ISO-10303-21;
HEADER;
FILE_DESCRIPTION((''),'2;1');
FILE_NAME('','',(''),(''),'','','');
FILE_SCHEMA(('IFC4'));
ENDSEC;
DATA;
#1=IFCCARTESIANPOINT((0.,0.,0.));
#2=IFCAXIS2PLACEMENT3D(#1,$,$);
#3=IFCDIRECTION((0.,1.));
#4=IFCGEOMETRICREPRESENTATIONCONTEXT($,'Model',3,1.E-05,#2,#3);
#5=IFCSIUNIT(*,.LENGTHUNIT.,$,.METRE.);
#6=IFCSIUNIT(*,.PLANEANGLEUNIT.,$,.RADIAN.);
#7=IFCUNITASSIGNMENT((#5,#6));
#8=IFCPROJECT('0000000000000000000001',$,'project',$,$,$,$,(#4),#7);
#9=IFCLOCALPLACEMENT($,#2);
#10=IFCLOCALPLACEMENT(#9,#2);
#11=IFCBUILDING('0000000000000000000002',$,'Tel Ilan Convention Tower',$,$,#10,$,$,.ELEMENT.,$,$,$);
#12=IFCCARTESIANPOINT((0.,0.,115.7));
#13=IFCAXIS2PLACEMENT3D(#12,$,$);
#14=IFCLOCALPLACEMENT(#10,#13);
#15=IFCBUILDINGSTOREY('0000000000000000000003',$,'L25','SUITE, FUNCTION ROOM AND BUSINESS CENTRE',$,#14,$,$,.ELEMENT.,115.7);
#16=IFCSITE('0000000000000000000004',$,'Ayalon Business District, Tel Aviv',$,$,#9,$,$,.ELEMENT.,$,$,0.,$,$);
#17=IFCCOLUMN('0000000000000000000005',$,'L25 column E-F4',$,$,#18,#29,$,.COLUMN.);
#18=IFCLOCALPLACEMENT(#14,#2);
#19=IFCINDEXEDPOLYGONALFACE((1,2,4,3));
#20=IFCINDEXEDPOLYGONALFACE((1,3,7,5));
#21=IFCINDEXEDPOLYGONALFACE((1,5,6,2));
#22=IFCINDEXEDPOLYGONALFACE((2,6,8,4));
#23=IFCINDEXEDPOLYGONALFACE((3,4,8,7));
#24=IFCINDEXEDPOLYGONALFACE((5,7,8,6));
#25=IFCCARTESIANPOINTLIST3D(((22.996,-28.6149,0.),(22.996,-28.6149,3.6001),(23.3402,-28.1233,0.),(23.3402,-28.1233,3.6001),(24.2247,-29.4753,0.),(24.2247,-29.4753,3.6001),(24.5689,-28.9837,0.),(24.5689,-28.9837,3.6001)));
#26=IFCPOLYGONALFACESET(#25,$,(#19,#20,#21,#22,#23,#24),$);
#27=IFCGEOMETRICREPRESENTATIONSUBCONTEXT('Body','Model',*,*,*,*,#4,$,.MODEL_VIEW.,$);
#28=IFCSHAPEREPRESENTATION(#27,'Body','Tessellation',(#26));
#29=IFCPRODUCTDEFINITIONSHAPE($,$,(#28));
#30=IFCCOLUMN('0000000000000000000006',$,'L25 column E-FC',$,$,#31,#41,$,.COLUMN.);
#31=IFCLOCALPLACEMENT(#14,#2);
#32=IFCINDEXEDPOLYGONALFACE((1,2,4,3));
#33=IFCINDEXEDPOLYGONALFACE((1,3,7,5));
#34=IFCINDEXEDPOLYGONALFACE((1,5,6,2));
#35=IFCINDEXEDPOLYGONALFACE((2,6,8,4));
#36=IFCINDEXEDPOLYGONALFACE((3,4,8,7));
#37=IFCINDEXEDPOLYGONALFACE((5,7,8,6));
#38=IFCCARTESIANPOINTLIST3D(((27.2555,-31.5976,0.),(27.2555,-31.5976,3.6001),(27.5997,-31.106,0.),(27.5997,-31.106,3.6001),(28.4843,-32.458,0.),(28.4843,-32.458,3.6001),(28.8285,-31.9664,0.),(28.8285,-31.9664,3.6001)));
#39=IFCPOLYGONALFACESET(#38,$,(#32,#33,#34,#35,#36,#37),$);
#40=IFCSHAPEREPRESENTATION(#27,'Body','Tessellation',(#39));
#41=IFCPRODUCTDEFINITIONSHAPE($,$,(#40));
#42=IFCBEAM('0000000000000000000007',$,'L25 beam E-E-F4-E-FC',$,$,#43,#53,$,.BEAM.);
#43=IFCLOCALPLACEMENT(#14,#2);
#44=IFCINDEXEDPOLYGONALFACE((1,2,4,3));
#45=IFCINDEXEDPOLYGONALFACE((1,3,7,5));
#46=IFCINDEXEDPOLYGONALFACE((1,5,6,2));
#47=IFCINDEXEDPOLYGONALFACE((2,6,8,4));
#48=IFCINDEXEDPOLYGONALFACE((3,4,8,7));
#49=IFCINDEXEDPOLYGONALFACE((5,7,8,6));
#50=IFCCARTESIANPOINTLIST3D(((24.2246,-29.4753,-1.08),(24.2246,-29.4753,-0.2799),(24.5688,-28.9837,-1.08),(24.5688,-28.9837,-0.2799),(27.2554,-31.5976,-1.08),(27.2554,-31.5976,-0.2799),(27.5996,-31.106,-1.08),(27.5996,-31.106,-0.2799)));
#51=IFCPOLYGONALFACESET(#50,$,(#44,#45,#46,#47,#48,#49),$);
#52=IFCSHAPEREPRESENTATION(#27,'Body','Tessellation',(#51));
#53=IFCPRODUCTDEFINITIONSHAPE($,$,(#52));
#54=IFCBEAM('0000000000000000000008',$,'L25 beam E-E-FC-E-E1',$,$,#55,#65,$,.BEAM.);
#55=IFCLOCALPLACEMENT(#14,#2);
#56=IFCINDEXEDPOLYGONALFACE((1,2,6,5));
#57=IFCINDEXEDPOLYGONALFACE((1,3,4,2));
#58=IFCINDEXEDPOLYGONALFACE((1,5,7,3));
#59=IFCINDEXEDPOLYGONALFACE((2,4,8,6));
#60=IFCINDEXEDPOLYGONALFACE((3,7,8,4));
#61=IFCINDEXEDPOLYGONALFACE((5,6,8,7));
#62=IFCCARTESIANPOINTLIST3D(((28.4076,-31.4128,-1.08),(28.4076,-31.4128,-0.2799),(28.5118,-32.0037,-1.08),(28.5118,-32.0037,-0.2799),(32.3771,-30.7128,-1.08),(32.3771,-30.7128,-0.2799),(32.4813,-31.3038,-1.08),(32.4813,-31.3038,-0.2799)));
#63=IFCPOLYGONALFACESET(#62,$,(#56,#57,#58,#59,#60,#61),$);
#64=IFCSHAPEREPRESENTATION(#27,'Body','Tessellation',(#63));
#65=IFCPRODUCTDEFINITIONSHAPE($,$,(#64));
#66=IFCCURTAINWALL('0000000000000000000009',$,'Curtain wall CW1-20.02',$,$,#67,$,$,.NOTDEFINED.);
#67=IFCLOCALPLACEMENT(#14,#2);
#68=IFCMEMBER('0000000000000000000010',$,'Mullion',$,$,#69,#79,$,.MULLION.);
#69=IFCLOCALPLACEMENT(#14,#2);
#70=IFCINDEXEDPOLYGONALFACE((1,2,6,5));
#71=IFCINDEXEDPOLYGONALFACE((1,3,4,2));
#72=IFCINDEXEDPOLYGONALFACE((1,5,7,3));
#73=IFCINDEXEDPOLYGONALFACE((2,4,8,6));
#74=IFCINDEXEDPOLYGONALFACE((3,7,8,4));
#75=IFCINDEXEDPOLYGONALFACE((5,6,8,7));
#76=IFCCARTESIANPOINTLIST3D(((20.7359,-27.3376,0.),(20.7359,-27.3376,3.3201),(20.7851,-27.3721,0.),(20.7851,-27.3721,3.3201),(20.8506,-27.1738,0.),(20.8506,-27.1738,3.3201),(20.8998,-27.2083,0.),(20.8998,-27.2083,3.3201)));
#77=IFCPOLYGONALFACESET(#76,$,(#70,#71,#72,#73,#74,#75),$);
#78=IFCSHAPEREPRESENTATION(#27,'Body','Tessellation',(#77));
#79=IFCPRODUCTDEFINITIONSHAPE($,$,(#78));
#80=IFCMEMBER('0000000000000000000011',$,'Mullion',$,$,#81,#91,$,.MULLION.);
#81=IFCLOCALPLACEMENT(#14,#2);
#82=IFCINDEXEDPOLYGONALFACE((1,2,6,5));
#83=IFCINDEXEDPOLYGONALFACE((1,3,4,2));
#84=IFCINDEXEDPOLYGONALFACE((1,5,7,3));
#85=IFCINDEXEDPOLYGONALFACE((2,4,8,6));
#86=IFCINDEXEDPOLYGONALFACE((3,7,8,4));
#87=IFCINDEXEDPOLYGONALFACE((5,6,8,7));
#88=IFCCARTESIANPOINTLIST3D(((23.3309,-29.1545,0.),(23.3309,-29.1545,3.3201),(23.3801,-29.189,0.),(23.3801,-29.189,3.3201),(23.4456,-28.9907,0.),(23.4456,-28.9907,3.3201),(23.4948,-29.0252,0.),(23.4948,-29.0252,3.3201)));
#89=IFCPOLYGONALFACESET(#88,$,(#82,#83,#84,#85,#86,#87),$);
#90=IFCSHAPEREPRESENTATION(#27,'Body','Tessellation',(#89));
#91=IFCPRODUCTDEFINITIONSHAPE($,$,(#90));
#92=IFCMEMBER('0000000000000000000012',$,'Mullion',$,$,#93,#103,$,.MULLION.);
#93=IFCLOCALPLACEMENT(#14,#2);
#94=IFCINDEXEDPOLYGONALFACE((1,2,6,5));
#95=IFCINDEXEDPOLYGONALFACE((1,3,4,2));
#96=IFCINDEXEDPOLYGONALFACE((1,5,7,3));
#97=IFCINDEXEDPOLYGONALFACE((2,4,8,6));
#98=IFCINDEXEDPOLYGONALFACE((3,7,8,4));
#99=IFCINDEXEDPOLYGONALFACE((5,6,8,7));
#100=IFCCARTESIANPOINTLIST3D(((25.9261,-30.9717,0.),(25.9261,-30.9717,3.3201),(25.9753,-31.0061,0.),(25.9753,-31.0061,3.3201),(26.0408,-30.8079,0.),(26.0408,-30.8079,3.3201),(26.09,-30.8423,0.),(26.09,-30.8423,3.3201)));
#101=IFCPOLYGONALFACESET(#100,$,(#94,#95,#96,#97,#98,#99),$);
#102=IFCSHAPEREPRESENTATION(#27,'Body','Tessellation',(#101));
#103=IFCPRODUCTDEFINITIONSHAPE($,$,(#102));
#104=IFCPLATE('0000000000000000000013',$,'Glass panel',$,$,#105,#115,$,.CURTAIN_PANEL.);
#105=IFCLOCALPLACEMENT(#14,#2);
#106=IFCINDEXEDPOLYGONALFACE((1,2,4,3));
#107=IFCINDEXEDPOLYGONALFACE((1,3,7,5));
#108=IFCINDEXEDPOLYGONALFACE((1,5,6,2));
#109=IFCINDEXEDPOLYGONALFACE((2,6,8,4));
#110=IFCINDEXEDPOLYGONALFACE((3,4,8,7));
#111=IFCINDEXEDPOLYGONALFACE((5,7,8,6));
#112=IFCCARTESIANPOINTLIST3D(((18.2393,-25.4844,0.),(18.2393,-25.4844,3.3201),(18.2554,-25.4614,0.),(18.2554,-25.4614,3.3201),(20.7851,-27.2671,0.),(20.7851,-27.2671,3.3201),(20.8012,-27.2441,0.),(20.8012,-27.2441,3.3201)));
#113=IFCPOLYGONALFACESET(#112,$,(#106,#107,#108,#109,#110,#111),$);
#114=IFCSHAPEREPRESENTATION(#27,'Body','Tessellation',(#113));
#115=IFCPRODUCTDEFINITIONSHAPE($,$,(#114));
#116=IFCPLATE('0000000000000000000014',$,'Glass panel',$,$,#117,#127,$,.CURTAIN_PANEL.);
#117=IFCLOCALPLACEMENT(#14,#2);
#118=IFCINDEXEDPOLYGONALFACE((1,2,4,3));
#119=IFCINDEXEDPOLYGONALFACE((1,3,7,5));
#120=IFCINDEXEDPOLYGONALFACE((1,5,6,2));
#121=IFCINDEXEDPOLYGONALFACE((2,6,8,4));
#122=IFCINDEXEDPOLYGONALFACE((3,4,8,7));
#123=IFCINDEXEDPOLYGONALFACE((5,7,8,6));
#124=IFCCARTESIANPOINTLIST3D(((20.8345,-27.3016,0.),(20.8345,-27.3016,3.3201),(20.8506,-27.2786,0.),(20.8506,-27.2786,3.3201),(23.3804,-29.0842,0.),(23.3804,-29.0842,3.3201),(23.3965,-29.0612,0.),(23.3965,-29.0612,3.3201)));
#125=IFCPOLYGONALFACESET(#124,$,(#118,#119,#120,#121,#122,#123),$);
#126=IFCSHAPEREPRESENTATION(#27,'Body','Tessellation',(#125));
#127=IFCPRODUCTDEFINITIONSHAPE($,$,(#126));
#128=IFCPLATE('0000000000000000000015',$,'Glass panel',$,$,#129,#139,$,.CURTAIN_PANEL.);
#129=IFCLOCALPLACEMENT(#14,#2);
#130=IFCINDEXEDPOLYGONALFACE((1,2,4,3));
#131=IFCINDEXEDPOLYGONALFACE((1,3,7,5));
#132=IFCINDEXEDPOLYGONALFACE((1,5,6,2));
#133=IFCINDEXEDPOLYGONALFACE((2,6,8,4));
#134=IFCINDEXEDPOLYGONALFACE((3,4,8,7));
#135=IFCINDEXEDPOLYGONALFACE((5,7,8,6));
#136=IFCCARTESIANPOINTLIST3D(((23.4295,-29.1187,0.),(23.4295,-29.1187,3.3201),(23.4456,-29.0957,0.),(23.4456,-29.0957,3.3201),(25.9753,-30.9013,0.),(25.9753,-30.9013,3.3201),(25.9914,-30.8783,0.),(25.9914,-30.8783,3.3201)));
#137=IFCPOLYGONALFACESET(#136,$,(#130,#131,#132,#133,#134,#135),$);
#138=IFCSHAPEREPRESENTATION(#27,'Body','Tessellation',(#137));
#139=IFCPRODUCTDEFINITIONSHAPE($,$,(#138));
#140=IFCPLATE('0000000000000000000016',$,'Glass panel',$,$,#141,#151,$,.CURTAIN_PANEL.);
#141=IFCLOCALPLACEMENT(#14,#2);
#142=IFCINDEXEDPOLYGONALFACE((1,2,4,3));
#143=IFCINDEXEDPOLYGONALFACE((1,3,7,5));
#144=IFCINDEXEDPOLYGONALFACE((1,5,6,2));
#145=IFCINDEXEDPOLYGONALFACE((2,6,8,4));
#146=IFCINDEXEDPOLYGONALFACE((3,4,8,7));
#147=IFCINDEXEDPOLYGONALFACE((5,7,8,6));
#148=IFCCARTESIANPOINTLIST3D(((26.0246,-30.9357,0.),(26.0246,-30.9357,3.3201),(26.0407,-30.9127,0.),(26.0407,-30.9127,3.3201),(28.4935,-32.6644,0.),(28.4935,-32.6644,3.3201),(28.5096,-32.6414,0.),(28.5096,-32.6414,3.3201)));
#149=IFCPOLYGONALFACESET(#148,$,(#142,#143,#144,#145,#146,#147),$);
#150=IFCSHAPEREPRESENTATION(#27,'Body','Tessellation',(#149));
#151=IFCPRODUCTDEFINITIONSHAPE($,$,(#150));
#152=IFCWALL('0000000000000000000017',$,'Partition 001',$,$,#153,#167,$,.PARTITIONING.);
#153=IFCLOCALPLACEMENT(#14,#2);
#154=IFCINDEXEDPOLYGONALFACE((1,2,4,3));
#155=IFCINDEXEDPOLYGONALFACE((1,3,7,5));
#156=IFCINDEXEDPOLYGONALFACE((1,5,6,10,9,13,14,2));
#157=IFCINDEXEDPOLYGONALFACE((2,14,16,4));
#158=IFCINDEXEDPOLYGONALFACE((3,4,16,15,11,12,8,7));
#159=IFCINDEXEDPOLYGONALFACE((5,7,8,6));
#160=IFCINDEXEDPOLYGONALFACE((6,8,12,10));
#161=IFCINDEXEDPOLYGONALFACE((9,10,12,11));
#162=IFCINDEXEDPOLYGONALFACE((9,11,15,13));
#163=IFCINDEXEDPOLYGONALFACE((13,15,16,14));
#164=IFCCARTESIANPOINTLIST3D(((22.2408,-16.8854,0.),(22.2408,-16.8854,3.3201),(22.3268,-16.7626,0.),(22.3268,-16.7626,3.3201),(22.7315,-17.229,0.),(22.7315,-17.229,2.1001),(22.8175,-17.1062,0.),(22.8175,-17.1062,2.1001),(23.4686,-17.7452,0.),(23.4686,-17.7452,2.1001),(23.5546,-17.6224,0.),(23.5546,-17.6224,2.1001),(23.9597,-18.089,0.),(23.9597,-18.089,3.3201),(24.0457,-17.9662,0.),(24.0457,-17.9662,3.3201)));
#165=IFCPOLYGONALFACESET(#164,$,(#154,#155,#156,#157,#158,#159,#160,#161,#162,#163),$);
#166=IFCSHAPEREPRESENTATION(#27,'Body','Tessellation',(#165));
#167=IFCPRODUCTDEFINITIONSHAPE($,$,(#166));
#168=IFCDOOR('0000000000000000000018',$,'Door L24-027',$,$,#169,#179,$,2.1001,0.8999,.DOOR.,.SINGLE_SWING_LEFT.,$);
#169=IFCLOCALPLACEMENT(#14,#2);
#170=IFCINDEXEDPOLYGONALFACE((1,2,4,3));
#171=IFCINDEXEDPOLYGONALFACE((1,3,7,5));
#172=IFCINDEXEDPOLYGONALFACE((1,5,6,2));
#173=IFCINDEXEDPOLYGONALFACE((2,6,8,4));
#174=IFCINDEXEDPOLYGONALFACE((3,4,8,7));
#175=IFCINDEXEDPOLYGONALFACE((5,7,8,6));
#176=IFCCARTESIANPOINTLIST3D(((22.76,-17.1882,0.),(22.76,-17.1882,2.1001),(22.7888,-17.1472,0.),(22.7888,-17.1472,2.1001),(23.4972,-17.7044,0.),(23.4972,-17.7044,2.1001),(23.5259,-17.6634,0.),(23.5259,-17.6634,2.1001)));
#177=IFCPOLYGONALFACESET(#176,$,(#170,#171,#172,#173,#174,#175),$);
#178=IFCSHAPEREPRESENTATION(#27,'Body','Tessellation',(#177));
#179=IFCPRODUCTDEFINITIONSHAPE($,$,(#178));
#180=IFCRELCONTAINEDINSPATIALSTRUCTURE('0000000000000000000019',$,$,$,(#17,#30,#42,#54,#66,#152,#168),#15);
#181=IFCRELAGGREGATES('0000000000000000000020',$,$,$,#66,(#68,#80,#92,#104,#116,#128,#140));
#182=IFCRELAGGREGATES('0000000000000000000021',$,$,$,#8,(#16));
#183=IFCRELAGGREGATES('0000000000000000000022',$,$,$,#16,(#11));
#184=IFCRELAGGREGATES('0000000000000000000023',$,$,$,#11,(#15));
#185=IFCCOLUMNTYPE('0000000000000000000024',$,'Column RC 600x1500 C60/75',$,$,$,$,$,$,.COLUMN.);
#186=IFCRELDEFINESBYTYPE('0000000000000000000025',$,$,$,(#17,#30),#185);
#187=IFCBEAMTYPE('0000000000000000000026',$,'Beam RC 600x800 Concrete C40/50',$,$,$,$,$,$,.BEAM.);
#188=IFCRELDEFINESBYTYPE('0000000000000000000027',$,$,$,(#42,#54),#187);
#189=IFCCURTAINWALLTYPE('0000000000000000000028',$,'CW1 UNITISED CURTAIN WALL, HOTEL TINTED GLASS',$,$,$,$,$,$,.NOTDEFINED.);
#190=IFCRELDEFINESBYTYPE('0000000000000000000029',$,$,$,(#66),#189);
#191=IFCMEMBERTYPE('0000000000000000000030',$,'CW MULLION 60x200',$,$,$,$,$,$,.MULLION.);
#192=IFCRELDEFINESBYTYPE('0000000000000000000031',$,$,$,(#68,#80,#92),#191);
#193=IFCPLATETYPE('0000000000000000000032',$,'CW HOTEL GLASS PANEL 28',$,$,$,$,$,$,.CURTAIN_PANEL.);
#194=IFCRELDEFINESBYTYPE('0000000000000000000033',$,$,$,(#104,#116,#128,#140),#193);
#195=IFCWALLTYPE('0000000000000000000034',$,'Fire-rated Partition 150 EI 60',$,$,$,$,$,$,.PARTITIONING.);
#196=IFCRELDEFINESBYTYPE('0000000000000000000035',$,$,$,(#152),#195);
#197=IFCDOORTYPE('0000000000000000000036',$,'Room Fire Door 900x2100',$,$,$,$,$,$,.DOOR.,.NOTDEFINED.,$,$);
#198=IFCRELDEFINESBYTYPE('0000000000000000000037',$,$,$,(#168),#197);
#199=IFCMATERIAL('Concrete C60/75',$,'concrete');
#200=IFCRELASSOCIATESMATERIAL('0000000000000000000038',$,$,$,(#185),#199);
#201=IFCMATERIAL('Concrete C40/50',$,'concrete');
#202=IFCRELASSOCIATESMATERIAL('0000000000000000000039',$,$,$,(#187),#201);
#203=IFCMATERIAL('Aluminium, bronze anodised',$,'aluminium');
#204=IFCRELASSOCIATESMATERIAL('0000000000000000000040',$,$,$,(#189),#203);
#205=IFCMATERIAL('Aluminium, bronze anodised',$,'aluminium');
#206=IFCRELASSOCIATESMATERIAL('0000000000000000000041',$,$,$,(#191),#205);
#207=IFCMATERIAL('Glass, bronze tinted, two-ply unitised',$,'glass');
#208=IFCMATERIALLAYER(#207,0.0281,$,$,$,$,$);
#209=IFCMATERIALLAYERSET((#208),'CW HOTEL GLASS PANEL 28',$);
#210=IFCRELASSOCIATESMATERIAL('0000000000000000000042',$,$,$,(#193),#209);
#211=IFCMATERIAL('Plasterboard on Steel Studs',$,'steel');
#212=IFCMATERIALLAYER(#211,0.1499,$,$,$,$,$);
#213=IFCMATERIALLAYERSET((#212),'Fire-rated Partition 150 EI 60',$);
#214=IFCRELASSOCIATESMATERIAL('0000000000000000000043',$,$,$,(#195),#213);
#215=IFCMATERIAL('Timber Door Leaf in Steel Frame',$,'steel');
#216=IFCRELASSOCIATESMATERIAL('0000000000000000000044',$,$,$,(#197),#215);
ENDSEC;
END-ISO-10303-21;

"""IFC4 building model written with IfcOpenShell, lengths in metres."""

from ifc_helpers import new_model, si_unit, direction, frame, frame_2d, origin, origin_2d, place, context, subcontext, project, spatial, rectangle, extrude, material, layer, layer_set, material_profile, profile_set, type_object, element, fill, aggregate, save


model = new_model("IFC4")

# Units and contexts
model_context = context("Model", 3, precision=1e-05, world=origin(), true_north=direction((0.0, 1.0)))
body_context = subcontext(model_context, "Body", "Model", "MODEL_VIEW")
ifc_project = project(units=[si_unit("LENGTHUNIT", "METRE"), si_unit("PLANEANGLEUNIT", "RADIAN")], contexts=[model_context])

# Site, building, storey
site_placement = place(None, origin())
site = spatial("IfcSite", under=ifc_project, at=site_placement, Name="Ayalon Business District, Tel Aviv", CompositionType="ELEMENT", RefElevation=0.0)
building_placement = place(site_placement, origin())
building = spatial("IfcBuilding", under=site, at=building_placement, Name="Tel Ilan Convention Tower", CompositionType="ELEMENT")
storey_placement = place(building_placement, frame((0.0, 0.0, 115.7)))
storey = spatial("IfcBuildingStorey", under=building, at=storey_placement, Name="L25", Description="SUITE, FUNCTION ROOM AND BUSINESS CENTRE", CompositionType="ELEMENT", Elevation=115.7)

# Columns
ifc_material_1 = material(Name="Concrete C60/75", Category="concrete")
ifc_material_profile_1 = material_profile(ifc_material_1, rectangle(XDim=1.5, YDim=0.6001, at=origin_2d()), Name="RC 600x1500")
ifc_profile_set_1 = profile_set([ifc_material_profile_1], Name="Concrete C60/75")
column_type = type_object("IfcColumnType", Name="Column RC 600x1500 C60/75", PredefinedType="COLUMN", material=ifc_profile_set_1)
for number, where, z_axis, x_axis, name in (
    (1, (23.7825, -28.7993, 0.0), (0.0, 0.0, 1.0), (0.819152, -0.573576, 0.0), "L25 column E-F4"),
    (2, (28.042, -31.782, 0.0), (0.0, 0.0, 1.0), (0.819152, -0.573576, 0.0), "L25 column E-FC"),
):
    element("IfcColumn", number, at=place(storey_placement, frame(where, z_axis=z_axis, x_axis=x_axis)), inside=storey, type_object=column_type, Name=name, PredefinedType="COLUMN", context=body_context, shape_type="SweptSolid", body=[
        extrude(rectangle(XDim=1.5, YDim=0.6001, at=origin_2d()), origin(), (0.0, 0.0, 1.0), 3.6001),
    ])

# Beams
ifc_material_2 = material(Name="Concrete C40/50", Category="concrete")
ifc_material_profile_2 = material_profile(ifc_material_2, rectangle(XDim=0.6001, YDim=0.8, at=origin_2d()), Name="RC 600x800")
ifc_profile_set_2 = profile_set([ifc_material_profile_2], Name="Concrete C40/50")
beam_type = type_object("IfcBeamType", Name="Beam RC 600x800 Concrete C40/50", PredefinedType="BEAM", material=ifc_profile_set_2)
beam_1_placement = place(storey_placement, frame((24.3967, -29.2295, -0.6799), z_axis=(0.819133, -0.573604, 0.0), x_axis=(0.573604, 0.819133, 0.0)))
element("IfcBeam", 3, at=beam_1_placement, inside=storey, type_object=beam_type, Name="L25 beam E-E-F4-E-FC", PredefinedType="BEAM", context=body_context, shape_type="SweptSolid", body=[
    extrude(rectangle(XDim=0.6001, YDim=0.8, at=origin_2d()), origin(), (0.0, 0.0, 1.0), 3.7),
])
beam_2_placement = place(storey_placement, frame((28.4597, -31.7083, -0.6799), z_axis=(0.984807, 0.173654, 0.0), x_axis=(-0.173654, 0.984807, 0.0)))
element("IfcBeam", 4, at=beam_2_placement, inside=storey, type_object=beam_type, Name="L25 beam E-E-FC-E-E1", PredefinedType="BEAM", context=body_context, shape_type="SweptSolid", body=[
    extrude(rectangle(XDim=0.6001, YDim=0.8, at=origin_2d()), origin(), (0.0, 0.0, 1.0), 4.0308),
])

# Curtain wall, members, plates
ifc_material_3 = material(Name="Aluminium, bronze anodised", Category="aluminium")
curtain_wall_type = type_object("IfcCurtainWallType", Name="CW1 UNITISED CURTAIN WALL, HOTEL TINTED GLASS", PredefinedType="NOTDEFINED", material=ifc_material_3)
curtain_wall_placement = place(storey_placement, origin())
curtain_wall = element("IfcCurtainWall", 5, at=curtain_wall_placement, inside=storey, type_object=curtain_wall_type, Name="Curtain wall CW1-20.02", PredefinedType="NOTDEFINED")
ifc_material_4 = material(Name="Aluminium, bronze anodised", Category="aluminium")
ifc_material_profile_3 = material_profile(ifc_material_4, rectangle(XDim=0.0601, YDim=0.2, at=origin_2d()), Name="CW MULLION 60x200")
ifc_profile_set_3 = profile_set([ifc_material_profile_3], Name="Aluminium, bronze anodised")
member_type = type_object("IfcMemberType", Name="CW MULLION 60x200", PredefinedType="MULLION", material=ifc_profile_set_3)
member_1_placement = place(storey_placement, frame((20.8179, -27.2729, 0.0), z_axis=(0.0, 0.0, 1.0), x_axis=(0.819152, -0.573576, 0.0)))
member_1 = element("IfcMember", 6, at=member_1_placement, type_object=member_type, Name="Mullion", PredefinedType="MULLION", context=body_context, shape_type="SweptSolid", body=[
    extrude(rectangle(XDim=0.0601, YDim=0.2, at=origin_2d()), origin(), (0.0, 0.0, 1.0), 3.3201),
])
member_2_placement = place(storey_placement, frame((23.4128, -29.0898, 0.0), z_axis=(0.0, 0.0, 1.0), x_axis=(0.819152, -0.573576, 0.0)))
member_2 = element("IfcMember", 7, at=member_2_placement, type_object=member_type, Name="Mullion", PredefinedType="MULLION", context=body_context, shape_type="SweptSolid", body=[
    extrude(rectangle(XDim=0.0601, YDim=0.2, at=origin_2d()), origin(), (0.0, 0.0, 1.0), 3.3201),
])
member_3_placement = place(storey_placement, frame((26.0081, -30.907, 0.0), z_axis=(0.0, 0.0, 1.0), x_axis=(0.819152, -0.573576, 0.0)))
member_3 = element("IfcMember", 8, at=member_3_placement, type_object=member_type, Name="Mullion", PredefinedType="MULLION", context=body_context, shape_type="SweptSolid", body=[
    extrude(rectangle(XDim=0.0601, YDim=0.2, at=origin_2d()), origin(), (0.0, 0.0, 1.0), 3.3201),
])
ifc_material_5 = material(Name="Glass, bronze tinted, two-ply unitised", Category="glass")
ifc_layer_1 = layer(ifc_material_5, 0.0281)
ifc_layer_set_1 = layer_set([ifc_layer_1], Name="CW HOTEL GLASS PANEL 28")
plate_type = type_object("IfcPlateType", Name="CW HOTEL GLASS PANEL 28", PredefinedType="CURTAIN_PANEL", material=ifc_layer_set_1)
plate_1_placement = place(storey_placement, frame((19.5203, -26.3643, 0.0), z_axis=(0.0, 0.0, 1.0), x_axis=(0.819152, -0.573576, 0.0)))
plate_1 = element("IfcPlate", 9, at=plate_1_placement, type_object=plate_type, Name="Glass panel", PredefinedType="CURTAIN_PANEL", context=body_context, shape_type="SweptSolid", body=[
    extrude(rectangle(XDim=3.1079, YDim=0.0281, at=origin_2d()), origin(), (0.0, 0.0, 1.0), 3.3201),
])
plate_2_placement = place(storey_placement, frame((22.1155, -28.1814, 0.0), z_axis=(0.0, 0.0, 1.0), x_axis=(0.819152, -0.573576, 0.0)))
plate_2 = element("IfcPlate", 10, at=plate_2_placement, type_object=plate_type, Name="Glass panel", PredefinedType="CURTAIN_PANEL", context=body_context, shape_type="SweptSolid", body=[
    extrude(rectangle(XDim=3.1079, YDim=0.0281, at=origin_2d()), origin(), (0.0, 0.0, 1.0), 3.3201),
])
plate_3_placement = place(storey_placement, frame((24.7104, -29.9985, 0.0), z_axis=(0.0, 0.0, 1.0), x_axis=(0.819152, -0.573576, 0.0)))
plate_3 = element("IfcPlate", 11, at=plate_3_placement, type_object=plate_type, Name="Glass panel", PredefinedType="CURTAIN_PANEL", context=body_context, shape_type="SweptSolid", body=[
    extrude(rectangle(XDim=3.1079, YDim=0.0281, at=origin_2d()), origin(), (0.0, 0.0, 1.0), 3.3201),
])
plate_4_placement = place(storey_placement, frame((27.2671, -31.7886, 0.0), z_axis=(0.0, 0.0, 1.0), x_axis=(0.819152, -0.573576, 0.0)))
plate_4 = element("IfcPlate", 12, at=plate_4_placement, type_object=plate_type, Name="Glass panel", PredefinedType="CURTAIN_PANEL", context=body_context, shape_type="SweptSolid", body=[
    extrude(rectangle(XDim=3.0139, YDim=0.0281, at=origin_2d()), origin(), (0.0, 0.0, 1.0), 3.3201),
])
aggregate(curtain_wall, [member_1, member_2, member_3, plate_1, plate_2, plate_3, plate_4])

# Wall, opening, door
ifc_material_6 = material(Name="Plasterboard on Steel Studs", Category="steel")
ifc_layer_2 = layer(ifc_material_6, 0.1499)
ifc_layer_set_2 = layer_set([ifc_layer_2], Name="Fire-rated Partition 150 EI 60")
wall_type_1 = type_object("IfcWallType", Name="Fire-rated Partition 150 EI 60", PredefinedType="PARTITIONING", material=ifc_layer_set_2)
wall_1_placement = place(storey_placement, frame((22.2837, -16.824, 0.0), z_axis=(0.0, 0.0, 1.0), x_axis=(0.819161, -0.573564, 0.0)))
wall_1 = element("IfcWall", 13, at=wall_1_placement, inside=storey, type_object=wall_type_1, Name="Partition 001", PredefinedType="PARTITIONING", context=body_context, shape_type="SweptSolid", body=[
    extrude(rectangle(XDim=2.0984, YDim=0.1499, at=frame_2d((1.0493, 0.0))), origin(), (0.0, 0.0, 1.0), 3.3201),
])
opening_1_placement = place(wall_1_placement, frame((0.5991, 0.0, 0.0)))
opening_1 = element("IfcOpeningElement", 14, at=opening_1_placement, cuts=wall_1, PredefinedType="OPENING", context=body_context, shape_type="SweptSolid", body=[
    extrude(rectangle(XDim=0.8999, YDim=2.1001, at=frame_2d((0.45, 1.05))), frame((0.0, 0.085, 0.0), z_axis=(0.0, -1.0, 0.0), x_axis=(1.0, 0.0, 0.0)), (0.0, 0.0, 1.0), 0.1699),
])
ifc_material_7 = material(Name="Timber Door Leaf in Steel Frame", Category="steel")
door_type_1 = type_object("IfcDoorType", Name="Room Fire Door 900x2100", OperationType="NOTDEFINED", PredefinedType="DOOR", material=ifc_material_7)
door_1_placement = place(opening_1_placement, origin())
door_1 = element("IfcDoor", 15, at=door_1_placement, inside=storey, type_object=door_type_1, Name="Door L24-027", OperationType="SINGLE_SWING_LEFT", OverallHeight=2.1001, OverallWidth=0.8999, PredefinedType="DOOR", context=body_context, shape_type="SweptSolid", body=[
    extrude(rectangle(XDim=0.8999, YDim=2.1001, at=frame_2d((0.45, 1.05))), frame((0.0, 0.0249, 0.0), z_axis=(0.0, -1.0, 0.0), x_axis=(1.0, 0.0, 0.0)), (0.0, 0.0, 1.0), 0.05),
])
fill(opening_1, door_1)

save(model, "model.ifc")
